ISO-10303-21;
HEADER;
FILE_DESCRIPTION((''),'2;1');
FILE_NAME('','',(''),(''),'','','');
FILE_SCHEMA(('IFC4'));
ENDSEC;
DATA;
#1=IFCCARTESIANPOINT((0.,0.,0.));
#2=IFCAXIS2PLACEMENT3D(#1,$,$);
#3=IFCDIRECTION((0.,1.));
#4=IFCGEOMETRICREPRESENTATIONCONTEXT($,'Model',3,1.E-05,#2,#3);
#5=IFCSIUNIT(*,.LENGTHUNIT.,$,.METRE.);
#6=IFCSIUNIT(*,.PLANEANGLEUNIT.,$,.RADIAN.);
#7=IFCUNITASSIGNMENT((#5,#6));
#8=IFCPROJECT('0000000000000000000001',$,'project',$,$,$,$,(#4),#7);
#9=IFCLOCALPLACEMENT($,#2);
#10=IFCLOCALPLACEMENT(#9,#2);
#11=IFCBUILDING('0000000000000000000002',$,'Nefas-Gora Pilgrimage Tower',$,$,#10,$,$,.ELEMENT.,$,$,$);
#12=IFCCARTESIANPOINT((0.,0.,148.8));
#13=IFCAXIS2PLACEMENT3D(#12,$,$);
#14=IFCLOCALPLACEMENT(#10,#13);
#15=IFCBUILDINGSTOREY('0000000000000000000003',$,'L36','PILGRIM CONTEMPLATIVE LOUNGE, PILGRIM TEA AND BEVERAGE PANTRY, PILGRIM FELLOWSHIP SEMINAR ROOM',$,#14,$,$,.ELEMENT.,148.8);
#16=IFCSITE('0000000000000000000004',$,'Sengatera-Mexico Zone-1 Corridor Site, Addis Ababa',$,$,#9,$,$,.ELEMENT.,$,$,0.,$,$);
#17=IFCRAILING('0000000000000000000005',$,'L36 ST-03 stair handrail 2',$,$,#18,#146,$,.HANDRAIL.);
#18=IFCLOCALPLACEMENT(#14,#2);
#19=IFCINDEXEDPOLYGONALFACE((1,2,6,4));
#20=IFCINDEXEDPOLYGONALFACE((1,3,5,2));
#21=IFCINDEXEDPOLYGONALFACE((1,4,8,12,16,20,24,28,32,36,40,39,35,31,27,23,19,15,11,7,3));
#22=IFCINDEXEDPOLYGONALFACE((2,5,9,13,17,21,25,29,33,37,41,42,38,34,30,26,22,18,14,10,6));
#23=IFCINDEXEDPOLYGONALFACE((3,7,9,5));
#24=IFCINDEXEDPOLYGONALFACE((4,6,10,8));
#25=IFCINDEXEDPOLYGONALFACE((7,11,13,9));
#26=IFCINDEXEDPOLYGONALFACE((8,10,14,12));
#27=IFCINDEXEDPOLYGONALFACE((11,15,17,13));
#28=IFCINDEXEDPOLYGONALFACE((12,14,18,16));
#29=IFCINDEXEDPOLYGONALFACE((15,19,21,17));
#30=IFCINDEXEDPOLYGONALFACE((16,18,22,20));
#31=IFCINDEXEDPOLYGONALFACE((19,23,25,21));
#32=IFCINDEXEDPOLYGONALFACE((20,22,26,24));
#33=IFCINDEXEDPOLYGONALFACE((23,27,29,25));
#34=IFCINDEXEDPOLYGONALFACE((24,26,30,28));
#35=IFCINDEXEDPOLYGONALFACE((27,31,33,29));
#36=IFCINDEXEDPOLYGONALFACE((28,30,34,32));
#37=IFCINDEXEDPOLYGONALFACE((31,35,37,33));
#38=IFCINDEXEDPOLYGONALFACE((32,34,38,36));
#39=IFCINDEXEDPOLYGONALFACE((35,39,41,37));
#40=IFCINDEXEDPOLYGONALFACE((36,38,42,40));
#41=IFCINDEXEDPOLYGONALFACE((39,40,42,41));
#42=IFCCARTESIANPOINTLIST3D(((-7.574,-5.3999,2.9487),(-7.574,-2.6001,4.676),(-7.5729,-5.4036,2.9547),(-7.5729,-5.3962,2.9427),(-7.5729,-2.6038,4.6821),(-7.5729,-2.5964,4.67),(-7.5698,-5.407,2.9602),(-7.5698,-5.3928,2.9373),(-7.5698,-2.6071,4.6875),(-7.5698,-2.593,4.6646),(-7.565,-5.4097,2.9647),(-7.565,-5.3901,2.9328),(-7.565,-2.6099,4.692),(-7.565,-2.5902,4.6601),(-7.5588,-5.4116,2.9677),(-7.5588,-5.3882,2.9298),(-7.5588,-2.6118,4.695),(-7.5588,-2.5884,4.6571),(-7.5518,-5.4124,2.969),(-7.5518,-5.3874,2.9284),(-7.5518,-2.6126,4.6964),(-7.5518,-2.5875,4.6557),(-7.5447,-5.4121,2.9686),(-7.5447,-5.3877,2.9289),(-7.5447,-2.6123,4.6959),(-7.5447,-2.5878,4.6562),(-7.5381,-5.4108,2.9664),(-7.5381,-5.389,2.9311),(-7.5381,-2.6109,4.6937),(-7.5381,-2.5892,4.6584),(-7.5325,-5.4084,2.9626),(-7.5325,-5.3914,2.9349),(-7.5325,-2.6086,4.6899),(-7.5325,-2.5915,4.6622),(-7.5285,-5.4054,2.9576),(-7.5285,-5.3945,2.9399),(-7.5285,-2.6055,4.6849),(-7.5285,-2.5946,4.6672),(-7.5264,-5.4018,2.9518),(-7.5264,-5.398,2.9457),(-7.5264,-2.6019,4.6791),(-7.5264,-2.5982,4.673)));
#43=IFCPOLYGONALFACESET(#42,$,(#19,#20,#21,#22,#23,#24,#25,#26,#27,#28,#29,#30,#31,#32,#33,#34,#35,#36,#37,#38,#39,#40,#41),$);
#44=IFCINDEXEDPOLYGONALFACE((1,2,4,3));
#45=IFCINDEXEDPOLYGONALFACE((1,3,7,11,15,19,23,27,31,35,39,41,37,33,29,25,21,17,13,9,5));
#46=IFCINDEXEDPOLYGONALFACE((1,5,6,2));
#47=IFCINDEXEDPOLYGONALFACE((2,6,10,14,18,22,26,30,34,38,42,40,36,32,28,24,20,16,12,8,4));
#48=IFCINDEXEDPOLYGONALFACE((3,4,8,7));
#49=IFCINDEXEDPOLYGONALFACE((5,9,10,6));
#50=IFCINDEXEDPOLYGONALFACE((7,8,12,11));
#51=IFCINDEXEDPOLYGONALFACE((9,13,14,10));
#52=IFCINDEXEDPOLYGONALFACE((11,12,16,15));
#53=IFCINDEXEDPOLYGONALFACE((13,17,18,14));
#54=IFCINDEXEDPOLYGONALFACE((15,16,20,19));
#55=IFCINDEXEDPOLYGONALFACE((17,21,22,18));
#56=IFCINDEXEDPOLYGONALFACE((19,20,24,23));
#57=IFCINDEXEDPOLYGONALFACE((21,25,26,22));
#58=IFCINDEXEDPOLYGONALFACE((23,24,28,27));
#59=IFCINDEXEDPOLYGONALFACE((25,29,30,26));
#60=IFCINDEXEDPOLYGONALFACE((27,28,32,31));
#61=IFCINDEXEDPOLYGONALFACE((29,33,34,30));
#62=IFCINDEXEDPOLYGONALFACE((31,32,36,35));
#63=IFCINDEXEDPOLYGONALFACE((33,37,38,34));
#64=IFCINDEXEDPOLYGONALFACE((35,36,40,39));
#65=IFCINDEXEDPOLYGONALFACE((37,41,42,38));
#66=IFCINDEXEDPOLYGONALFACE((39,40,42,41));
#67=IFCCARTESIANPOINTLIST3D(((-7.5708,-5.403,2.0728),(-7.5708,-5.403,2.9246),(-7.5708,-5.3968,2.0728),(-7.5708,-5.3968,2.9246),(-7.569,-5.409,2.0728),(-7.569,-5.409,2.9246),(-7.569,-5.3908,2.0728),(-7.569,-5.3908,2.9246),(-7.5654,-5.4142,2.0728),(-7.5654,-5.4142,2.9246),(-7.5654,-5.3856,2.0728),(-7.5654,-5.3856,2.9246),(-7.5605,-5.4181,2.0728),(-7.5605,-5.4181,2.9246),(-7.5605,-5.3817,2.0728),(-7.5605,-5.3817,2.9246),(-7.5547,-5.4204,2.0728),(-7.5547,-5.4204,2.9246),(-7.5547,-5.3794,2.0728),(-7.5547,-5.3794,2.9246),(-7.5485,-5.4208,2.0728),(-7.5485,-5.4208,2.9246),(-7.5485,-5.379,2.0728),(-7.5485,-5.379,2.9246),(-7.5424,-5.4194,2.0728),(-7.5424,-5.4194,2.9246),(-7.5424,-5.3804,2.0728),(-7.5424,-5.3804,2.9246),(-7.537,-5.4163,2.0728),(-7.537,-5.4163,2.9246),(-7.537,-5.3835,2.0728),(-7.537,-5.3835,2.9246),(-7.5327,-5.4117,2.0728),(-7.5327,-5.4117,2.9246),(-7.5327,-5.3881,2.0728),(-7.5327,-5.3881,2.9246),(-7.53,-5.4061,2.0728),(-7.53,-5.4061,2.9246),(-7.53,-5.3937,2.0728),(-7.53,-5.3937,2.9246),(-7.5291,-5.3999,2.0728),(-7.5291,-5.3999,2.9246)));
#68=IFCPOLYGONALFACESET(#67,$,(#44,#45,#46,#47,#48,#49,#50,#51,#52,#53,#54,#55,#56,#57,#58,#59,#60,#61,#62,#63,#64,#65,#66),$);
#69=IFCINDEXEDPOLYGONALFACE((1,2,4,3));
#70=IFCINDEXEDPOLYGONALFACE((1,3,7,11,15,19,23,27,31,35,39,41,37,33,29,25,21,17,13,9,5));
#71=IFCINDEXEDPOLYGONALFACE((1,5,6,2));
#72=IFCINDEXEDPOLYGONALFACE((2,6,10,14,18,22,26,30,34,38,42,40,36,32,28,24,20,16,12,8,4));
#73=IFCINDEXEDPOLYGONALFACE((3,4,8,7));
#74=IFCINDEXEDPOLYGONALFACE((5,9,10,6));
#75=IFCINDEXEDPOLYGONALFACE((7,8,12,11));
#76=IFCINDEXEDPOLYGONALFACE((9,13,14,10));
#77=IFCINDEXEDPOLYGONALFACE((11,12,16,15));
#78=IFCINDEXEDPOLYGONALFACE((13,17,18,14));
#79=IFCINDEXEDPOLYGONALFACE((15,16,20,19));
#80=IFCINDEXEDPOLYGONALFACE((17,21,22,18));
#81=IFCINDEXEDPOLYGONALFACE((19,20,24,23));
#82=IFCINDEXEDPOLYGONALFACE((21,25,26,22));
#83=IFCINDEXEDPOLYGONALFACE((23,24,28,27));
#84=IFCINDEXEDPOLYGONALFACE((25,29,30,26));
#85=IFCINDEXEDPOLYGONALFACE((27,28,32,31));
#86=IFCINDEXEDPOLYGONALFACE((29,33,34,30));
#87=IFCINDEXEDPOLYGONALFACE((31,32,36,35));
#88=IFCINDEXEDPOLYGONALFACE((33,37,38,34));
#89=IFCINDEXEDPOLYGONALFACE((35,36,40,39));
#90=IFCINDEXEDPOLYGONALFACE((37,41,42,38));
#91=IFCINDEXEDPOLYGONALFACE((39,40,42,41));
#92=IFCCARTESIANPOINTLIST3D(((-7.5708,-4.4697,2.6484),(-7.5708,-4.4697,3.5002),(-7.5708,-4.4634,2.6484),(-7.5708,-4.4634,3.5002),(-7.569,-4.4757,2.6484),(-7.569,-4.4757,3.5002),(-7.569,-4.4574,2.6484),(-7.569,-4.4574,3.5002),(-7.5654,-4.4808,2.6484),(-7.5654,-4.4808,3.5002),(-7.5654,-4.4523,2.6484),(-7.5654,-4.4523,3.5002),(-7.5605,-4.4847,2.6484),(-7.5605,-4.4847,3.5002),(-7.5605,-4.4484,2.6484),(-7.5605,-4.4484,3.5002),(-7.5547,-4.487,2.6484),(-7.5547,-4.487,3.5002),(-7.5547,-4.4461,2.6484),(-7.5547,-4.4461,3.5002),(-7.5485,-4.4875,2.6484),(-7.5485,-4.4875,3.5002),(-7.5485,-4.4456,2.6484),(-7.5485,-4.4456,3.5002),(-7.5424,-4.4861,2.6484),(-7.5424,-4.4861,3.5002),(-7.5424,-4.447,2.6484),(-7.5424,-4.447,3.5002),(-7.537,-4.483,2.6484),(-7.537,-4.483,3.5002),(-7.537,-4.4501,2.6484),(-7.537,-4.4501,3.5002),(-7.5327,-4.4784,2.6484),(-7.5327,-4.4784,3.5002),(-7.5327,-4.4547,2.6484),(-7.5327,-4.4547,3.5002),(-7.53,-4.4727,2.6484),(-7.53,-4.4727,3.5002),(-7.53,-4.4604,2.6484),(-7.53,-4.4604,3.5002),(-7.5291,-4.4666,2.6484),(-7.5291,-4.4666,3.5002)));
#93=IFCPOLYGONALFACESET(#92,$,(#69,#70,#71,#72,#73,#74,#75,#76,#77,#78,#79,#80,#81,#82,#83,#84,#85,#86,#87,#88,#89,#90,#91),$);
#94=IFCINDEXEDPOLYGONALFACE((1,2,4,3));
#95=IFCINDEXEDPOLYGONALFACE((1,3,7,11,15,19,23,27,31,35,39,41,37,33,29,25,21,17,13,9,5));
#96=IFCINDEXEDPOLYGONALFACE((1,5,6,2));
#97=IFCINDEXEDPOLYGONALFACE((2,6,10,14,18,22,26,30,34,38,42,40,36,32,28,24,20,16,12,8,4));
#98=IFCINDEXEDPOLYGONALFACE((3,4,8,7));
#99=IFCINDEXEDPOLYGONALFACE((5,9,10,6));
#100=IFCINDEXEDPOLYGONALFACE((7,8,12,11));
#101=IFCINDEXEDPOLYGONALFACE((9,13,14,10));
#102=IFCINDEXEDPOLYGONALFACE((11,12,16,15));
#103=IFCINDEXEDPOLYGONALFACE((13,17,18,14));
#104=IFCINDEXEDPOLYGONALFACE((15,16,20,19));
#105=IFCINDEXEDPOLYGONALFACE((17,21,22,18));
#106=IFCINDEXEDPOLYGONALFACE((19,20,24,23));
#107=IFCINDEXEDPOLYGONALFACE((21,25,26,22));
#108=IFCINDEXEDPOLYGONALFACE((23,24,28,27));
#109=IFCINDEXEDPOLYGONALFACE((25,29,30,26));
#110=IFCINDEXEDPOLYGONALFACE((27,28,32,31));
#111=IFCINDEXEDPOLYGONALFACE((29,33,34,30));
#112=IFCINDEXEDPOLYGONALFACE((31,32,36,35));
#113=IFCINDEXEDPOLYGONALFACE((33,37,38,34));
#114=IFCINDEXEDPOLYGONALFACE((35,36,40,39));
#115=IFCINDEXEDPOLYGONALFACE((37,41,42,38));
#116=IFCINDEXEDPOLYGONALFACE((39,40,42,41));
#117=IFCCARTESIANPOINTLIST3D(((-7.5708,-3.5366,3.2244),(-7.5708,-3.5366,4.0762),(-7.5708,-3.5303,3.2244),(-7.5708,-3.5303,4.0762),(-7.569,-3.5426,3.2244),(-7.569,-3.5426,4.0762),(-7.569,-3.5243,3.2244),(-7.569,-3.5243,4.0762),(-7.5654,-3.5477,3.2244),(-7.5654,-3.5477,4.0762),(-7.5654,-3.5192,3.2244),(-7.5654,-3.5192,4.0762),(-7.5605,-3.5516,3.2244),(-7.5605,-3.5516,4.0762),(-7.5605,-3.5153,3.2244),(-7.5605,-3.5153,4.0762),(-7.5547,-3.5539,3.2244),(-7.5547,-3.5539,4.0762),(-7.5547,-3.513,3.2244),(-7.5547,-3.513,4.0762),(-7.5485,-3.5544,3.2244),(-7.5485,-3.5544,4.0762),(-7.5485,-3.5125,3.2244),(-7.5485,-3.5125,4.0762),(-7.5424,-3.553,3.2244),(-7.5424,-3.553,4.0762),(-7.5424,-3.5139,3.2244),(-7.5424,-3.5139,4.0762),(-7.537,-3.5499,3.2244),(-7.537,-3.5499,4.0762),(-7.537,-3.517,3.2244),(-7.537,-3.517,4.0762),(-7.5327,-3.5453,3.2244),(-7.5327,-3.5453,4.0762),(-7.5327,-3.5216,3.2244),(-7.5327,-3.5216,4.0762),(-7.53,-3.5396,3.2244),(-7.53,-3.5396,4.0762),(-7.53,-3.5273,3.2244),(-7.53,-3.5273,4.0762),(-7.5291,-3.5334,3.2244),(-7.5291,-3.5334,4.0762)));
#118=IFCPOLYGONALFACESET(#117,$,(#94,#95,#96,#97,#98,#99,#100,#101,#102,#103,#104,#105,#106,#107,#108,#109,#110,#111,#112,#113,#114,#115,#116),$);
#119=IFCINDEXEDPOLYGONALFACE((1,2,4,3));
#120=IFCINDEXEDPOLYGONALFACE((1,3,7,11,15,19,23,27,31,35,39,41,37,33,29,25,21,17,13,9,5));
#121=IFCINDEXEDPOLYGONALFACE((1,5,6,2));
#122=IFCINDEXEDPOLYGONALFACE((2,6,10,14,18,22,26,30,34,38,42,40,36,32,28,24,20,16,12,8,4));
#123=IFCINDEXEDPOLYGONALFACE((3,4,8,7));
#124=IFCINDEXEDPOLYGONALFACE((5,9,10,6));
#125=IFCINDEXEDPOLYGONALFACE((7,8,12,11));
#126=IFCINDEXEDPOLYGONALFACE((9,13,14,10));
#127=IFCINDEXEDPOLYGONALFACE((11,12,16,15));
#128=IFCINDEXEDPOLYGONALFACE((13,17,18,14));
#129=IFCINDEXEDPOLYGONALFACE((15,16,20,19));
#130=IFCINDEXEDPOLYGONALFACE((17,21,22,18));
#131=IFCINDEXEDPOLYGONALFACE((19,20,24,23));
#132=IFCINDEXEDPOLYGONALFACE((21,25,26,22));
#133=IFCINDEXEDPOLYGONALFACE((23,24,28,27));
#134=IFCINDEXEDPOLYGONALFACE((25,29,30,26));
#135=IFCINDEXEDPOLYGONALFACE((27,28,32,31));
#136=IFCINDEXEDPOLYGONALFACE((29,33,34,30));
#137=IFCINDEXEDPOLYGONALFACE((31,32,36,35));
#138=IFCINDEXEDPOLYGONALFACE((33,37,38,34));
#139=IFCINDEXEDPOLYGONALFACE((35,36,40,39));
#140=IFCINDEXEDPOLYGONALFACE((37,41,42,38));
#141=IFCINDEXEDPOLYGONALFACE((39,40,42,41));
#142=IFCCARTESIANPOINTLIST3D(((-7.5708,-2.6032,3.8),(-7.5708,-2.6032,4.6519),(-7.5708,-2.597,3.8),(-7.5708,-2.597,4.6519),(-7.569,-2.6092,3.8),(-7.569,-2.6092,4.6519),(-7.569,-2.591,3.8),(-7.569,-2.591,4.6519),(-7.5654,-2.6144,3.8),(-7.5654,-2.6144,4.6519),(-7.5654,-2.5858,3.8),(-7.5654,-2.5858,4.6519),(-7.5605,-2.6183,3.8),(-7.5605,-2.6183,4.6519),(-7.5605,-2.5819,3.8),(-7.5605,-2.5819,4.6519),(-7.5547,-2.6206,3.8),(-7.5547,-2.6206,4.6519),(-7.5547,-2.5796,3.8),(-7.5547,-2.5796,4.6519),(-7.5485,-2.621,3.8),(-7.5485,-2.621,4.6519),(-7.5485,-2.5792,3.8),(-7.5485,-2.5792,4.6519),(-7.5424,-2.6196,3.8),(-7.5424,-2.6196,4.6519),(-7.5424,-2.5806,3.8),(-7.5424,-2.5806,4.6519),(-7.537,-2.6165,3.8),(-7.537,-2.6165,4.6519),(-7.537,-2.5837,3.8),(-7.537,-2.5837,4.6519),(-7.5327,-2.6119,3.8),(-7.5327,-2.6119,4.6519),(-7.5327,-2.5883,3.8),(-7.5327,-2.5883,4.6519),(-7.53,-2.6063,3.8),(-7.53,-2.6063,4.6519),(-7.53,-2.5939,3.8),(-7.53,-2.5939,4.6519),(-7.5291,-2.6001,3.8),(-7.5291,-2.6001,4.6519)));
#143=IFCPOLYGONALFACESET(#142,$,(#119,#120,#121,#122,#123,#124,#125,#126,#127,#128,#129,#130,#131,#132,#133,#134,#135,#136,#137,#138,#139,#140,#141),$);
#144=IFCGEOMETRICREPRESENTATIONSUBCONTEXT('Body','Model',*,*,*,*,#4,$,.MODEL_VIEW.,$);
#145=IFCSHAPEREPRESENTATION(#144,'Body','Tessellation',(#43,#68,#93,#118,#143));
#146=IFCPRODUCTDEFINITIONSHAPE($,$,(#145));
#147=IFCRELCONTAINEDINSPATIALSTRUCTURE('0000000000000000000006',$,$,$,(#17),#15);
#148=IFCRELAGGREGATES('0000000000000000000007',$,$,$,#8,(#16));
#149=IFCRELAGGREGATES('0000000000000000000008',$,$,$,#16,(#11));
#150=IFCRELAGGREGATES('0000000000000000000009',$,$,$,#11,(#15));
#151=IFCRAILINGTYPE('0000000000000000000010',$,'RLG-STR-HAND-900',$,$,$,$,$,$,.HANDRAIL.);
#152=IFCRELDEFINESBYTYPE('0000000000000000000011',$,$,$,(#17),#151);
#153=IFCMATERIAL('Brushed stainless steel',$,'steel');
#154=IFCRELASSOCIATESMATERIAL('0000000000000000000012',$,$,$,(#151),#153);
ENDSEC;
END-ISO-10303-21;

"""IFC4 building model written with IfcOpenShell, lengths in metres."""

from ifc_helpers import new_model, si_unit, direction, frame, origin, origin_2d, place, context, subcontext, project, spatial, circle, extrude, material, type_object, element, save


model = new_model("IFC4")

# Units and contexts
model_context = context("Model", 3, precision=1e-05, world=origin(), true_north=direction((0.0, 1.0)))
body_context = subcontext(model_context, "Body", "Model", "MODEL_VIEW")
ifc_project = project(units=[si_unit("LENGTHUNIT", "METRE"), si_unit("PLANEANGLEUNIT", "RADIAN")], contexts=[model_context])

# Site, building, storey
site_placement = place(None, origin())
site = spatial("IfcSite", under=ifc_project, at=site_placement, Name="Sengatera-Mexico Zone-1 Corridor Site, Addis Ababa", CompositionType="ELEMENT", RefElevation=0.0)
building_placement = place(site_placement, origin())
building = spatial("IfcBuilding", under=site, at=building_placement, Name="Nefas-Gora Pilgrimage Tower", CompositionType="ELEMENT")
storey_placement = place(building_placement, frame((0.0, 0.0, 148.8)))
storey = spatial("IfcBuildingStorey", under=building, at=storey_placement, Name="L36", Description="PILGRIM CONTEMPLATIVE LOUNGE, PILGRIM TEA AND BEVERAGE PANTRY, PILGRIM FELLOWSHIP SEMINAR ROOM", CompositionType="ELEMENT", Elevation=148.8)

# Railing
ifc_material_1 = material(Name="Brushed stainless steel", Category="steel")
railing_type_1 = type_object("IfcRailingType", Name="RLG-STR-HAND-900", PredefinedType="HANDRAIL", material=ifc_material_1)
railing_1_placement = place(storey_placement, frame((-7.55, -5.3999, 2.0728)))
element("IfcRailing", 1, at=railing_1_placement, inside=storey, type_object=railing_type_1, Name="L36 ST-03 stair handrail 2", PredefinedType="HANDRAIL", context=body_context, shape_type="SweptSolid", body=[
    extrude(circle(Radius=0.0239, at=origin_2d()), frame((0.0, 0.0, 0.876), z_axis=(0.0, 0.851069, 0.525054), x_axis=(-1.0, 0.0, 0.0)), (0.0, 0.0, 1.0), 3.2898),
    extrude(circle(Radius=0.021, at=origin_2d()), origin(), (0.0, 0.0, 1.0), 0.8518),
    extrude(circle(Radius=0.021, at=origin_2d()), frame((0.0, 0.9333, 0.5757)), (0.0, 0.0, 1.0), 0.8518),
    extrude(circle(Radius=0.021, at=origin_2d()), frame((0.0, 1.8665, 1.1516)), (0.0, 0.0, 1.0), 0.8518),
    extrude(circle(Radius=0.021, at=origin_2d()), frame((0.0, 2.7998, 1.7273)), (0.0, 0.0, 1.0), 0.8518),
])

save(model, "model.ifc")
